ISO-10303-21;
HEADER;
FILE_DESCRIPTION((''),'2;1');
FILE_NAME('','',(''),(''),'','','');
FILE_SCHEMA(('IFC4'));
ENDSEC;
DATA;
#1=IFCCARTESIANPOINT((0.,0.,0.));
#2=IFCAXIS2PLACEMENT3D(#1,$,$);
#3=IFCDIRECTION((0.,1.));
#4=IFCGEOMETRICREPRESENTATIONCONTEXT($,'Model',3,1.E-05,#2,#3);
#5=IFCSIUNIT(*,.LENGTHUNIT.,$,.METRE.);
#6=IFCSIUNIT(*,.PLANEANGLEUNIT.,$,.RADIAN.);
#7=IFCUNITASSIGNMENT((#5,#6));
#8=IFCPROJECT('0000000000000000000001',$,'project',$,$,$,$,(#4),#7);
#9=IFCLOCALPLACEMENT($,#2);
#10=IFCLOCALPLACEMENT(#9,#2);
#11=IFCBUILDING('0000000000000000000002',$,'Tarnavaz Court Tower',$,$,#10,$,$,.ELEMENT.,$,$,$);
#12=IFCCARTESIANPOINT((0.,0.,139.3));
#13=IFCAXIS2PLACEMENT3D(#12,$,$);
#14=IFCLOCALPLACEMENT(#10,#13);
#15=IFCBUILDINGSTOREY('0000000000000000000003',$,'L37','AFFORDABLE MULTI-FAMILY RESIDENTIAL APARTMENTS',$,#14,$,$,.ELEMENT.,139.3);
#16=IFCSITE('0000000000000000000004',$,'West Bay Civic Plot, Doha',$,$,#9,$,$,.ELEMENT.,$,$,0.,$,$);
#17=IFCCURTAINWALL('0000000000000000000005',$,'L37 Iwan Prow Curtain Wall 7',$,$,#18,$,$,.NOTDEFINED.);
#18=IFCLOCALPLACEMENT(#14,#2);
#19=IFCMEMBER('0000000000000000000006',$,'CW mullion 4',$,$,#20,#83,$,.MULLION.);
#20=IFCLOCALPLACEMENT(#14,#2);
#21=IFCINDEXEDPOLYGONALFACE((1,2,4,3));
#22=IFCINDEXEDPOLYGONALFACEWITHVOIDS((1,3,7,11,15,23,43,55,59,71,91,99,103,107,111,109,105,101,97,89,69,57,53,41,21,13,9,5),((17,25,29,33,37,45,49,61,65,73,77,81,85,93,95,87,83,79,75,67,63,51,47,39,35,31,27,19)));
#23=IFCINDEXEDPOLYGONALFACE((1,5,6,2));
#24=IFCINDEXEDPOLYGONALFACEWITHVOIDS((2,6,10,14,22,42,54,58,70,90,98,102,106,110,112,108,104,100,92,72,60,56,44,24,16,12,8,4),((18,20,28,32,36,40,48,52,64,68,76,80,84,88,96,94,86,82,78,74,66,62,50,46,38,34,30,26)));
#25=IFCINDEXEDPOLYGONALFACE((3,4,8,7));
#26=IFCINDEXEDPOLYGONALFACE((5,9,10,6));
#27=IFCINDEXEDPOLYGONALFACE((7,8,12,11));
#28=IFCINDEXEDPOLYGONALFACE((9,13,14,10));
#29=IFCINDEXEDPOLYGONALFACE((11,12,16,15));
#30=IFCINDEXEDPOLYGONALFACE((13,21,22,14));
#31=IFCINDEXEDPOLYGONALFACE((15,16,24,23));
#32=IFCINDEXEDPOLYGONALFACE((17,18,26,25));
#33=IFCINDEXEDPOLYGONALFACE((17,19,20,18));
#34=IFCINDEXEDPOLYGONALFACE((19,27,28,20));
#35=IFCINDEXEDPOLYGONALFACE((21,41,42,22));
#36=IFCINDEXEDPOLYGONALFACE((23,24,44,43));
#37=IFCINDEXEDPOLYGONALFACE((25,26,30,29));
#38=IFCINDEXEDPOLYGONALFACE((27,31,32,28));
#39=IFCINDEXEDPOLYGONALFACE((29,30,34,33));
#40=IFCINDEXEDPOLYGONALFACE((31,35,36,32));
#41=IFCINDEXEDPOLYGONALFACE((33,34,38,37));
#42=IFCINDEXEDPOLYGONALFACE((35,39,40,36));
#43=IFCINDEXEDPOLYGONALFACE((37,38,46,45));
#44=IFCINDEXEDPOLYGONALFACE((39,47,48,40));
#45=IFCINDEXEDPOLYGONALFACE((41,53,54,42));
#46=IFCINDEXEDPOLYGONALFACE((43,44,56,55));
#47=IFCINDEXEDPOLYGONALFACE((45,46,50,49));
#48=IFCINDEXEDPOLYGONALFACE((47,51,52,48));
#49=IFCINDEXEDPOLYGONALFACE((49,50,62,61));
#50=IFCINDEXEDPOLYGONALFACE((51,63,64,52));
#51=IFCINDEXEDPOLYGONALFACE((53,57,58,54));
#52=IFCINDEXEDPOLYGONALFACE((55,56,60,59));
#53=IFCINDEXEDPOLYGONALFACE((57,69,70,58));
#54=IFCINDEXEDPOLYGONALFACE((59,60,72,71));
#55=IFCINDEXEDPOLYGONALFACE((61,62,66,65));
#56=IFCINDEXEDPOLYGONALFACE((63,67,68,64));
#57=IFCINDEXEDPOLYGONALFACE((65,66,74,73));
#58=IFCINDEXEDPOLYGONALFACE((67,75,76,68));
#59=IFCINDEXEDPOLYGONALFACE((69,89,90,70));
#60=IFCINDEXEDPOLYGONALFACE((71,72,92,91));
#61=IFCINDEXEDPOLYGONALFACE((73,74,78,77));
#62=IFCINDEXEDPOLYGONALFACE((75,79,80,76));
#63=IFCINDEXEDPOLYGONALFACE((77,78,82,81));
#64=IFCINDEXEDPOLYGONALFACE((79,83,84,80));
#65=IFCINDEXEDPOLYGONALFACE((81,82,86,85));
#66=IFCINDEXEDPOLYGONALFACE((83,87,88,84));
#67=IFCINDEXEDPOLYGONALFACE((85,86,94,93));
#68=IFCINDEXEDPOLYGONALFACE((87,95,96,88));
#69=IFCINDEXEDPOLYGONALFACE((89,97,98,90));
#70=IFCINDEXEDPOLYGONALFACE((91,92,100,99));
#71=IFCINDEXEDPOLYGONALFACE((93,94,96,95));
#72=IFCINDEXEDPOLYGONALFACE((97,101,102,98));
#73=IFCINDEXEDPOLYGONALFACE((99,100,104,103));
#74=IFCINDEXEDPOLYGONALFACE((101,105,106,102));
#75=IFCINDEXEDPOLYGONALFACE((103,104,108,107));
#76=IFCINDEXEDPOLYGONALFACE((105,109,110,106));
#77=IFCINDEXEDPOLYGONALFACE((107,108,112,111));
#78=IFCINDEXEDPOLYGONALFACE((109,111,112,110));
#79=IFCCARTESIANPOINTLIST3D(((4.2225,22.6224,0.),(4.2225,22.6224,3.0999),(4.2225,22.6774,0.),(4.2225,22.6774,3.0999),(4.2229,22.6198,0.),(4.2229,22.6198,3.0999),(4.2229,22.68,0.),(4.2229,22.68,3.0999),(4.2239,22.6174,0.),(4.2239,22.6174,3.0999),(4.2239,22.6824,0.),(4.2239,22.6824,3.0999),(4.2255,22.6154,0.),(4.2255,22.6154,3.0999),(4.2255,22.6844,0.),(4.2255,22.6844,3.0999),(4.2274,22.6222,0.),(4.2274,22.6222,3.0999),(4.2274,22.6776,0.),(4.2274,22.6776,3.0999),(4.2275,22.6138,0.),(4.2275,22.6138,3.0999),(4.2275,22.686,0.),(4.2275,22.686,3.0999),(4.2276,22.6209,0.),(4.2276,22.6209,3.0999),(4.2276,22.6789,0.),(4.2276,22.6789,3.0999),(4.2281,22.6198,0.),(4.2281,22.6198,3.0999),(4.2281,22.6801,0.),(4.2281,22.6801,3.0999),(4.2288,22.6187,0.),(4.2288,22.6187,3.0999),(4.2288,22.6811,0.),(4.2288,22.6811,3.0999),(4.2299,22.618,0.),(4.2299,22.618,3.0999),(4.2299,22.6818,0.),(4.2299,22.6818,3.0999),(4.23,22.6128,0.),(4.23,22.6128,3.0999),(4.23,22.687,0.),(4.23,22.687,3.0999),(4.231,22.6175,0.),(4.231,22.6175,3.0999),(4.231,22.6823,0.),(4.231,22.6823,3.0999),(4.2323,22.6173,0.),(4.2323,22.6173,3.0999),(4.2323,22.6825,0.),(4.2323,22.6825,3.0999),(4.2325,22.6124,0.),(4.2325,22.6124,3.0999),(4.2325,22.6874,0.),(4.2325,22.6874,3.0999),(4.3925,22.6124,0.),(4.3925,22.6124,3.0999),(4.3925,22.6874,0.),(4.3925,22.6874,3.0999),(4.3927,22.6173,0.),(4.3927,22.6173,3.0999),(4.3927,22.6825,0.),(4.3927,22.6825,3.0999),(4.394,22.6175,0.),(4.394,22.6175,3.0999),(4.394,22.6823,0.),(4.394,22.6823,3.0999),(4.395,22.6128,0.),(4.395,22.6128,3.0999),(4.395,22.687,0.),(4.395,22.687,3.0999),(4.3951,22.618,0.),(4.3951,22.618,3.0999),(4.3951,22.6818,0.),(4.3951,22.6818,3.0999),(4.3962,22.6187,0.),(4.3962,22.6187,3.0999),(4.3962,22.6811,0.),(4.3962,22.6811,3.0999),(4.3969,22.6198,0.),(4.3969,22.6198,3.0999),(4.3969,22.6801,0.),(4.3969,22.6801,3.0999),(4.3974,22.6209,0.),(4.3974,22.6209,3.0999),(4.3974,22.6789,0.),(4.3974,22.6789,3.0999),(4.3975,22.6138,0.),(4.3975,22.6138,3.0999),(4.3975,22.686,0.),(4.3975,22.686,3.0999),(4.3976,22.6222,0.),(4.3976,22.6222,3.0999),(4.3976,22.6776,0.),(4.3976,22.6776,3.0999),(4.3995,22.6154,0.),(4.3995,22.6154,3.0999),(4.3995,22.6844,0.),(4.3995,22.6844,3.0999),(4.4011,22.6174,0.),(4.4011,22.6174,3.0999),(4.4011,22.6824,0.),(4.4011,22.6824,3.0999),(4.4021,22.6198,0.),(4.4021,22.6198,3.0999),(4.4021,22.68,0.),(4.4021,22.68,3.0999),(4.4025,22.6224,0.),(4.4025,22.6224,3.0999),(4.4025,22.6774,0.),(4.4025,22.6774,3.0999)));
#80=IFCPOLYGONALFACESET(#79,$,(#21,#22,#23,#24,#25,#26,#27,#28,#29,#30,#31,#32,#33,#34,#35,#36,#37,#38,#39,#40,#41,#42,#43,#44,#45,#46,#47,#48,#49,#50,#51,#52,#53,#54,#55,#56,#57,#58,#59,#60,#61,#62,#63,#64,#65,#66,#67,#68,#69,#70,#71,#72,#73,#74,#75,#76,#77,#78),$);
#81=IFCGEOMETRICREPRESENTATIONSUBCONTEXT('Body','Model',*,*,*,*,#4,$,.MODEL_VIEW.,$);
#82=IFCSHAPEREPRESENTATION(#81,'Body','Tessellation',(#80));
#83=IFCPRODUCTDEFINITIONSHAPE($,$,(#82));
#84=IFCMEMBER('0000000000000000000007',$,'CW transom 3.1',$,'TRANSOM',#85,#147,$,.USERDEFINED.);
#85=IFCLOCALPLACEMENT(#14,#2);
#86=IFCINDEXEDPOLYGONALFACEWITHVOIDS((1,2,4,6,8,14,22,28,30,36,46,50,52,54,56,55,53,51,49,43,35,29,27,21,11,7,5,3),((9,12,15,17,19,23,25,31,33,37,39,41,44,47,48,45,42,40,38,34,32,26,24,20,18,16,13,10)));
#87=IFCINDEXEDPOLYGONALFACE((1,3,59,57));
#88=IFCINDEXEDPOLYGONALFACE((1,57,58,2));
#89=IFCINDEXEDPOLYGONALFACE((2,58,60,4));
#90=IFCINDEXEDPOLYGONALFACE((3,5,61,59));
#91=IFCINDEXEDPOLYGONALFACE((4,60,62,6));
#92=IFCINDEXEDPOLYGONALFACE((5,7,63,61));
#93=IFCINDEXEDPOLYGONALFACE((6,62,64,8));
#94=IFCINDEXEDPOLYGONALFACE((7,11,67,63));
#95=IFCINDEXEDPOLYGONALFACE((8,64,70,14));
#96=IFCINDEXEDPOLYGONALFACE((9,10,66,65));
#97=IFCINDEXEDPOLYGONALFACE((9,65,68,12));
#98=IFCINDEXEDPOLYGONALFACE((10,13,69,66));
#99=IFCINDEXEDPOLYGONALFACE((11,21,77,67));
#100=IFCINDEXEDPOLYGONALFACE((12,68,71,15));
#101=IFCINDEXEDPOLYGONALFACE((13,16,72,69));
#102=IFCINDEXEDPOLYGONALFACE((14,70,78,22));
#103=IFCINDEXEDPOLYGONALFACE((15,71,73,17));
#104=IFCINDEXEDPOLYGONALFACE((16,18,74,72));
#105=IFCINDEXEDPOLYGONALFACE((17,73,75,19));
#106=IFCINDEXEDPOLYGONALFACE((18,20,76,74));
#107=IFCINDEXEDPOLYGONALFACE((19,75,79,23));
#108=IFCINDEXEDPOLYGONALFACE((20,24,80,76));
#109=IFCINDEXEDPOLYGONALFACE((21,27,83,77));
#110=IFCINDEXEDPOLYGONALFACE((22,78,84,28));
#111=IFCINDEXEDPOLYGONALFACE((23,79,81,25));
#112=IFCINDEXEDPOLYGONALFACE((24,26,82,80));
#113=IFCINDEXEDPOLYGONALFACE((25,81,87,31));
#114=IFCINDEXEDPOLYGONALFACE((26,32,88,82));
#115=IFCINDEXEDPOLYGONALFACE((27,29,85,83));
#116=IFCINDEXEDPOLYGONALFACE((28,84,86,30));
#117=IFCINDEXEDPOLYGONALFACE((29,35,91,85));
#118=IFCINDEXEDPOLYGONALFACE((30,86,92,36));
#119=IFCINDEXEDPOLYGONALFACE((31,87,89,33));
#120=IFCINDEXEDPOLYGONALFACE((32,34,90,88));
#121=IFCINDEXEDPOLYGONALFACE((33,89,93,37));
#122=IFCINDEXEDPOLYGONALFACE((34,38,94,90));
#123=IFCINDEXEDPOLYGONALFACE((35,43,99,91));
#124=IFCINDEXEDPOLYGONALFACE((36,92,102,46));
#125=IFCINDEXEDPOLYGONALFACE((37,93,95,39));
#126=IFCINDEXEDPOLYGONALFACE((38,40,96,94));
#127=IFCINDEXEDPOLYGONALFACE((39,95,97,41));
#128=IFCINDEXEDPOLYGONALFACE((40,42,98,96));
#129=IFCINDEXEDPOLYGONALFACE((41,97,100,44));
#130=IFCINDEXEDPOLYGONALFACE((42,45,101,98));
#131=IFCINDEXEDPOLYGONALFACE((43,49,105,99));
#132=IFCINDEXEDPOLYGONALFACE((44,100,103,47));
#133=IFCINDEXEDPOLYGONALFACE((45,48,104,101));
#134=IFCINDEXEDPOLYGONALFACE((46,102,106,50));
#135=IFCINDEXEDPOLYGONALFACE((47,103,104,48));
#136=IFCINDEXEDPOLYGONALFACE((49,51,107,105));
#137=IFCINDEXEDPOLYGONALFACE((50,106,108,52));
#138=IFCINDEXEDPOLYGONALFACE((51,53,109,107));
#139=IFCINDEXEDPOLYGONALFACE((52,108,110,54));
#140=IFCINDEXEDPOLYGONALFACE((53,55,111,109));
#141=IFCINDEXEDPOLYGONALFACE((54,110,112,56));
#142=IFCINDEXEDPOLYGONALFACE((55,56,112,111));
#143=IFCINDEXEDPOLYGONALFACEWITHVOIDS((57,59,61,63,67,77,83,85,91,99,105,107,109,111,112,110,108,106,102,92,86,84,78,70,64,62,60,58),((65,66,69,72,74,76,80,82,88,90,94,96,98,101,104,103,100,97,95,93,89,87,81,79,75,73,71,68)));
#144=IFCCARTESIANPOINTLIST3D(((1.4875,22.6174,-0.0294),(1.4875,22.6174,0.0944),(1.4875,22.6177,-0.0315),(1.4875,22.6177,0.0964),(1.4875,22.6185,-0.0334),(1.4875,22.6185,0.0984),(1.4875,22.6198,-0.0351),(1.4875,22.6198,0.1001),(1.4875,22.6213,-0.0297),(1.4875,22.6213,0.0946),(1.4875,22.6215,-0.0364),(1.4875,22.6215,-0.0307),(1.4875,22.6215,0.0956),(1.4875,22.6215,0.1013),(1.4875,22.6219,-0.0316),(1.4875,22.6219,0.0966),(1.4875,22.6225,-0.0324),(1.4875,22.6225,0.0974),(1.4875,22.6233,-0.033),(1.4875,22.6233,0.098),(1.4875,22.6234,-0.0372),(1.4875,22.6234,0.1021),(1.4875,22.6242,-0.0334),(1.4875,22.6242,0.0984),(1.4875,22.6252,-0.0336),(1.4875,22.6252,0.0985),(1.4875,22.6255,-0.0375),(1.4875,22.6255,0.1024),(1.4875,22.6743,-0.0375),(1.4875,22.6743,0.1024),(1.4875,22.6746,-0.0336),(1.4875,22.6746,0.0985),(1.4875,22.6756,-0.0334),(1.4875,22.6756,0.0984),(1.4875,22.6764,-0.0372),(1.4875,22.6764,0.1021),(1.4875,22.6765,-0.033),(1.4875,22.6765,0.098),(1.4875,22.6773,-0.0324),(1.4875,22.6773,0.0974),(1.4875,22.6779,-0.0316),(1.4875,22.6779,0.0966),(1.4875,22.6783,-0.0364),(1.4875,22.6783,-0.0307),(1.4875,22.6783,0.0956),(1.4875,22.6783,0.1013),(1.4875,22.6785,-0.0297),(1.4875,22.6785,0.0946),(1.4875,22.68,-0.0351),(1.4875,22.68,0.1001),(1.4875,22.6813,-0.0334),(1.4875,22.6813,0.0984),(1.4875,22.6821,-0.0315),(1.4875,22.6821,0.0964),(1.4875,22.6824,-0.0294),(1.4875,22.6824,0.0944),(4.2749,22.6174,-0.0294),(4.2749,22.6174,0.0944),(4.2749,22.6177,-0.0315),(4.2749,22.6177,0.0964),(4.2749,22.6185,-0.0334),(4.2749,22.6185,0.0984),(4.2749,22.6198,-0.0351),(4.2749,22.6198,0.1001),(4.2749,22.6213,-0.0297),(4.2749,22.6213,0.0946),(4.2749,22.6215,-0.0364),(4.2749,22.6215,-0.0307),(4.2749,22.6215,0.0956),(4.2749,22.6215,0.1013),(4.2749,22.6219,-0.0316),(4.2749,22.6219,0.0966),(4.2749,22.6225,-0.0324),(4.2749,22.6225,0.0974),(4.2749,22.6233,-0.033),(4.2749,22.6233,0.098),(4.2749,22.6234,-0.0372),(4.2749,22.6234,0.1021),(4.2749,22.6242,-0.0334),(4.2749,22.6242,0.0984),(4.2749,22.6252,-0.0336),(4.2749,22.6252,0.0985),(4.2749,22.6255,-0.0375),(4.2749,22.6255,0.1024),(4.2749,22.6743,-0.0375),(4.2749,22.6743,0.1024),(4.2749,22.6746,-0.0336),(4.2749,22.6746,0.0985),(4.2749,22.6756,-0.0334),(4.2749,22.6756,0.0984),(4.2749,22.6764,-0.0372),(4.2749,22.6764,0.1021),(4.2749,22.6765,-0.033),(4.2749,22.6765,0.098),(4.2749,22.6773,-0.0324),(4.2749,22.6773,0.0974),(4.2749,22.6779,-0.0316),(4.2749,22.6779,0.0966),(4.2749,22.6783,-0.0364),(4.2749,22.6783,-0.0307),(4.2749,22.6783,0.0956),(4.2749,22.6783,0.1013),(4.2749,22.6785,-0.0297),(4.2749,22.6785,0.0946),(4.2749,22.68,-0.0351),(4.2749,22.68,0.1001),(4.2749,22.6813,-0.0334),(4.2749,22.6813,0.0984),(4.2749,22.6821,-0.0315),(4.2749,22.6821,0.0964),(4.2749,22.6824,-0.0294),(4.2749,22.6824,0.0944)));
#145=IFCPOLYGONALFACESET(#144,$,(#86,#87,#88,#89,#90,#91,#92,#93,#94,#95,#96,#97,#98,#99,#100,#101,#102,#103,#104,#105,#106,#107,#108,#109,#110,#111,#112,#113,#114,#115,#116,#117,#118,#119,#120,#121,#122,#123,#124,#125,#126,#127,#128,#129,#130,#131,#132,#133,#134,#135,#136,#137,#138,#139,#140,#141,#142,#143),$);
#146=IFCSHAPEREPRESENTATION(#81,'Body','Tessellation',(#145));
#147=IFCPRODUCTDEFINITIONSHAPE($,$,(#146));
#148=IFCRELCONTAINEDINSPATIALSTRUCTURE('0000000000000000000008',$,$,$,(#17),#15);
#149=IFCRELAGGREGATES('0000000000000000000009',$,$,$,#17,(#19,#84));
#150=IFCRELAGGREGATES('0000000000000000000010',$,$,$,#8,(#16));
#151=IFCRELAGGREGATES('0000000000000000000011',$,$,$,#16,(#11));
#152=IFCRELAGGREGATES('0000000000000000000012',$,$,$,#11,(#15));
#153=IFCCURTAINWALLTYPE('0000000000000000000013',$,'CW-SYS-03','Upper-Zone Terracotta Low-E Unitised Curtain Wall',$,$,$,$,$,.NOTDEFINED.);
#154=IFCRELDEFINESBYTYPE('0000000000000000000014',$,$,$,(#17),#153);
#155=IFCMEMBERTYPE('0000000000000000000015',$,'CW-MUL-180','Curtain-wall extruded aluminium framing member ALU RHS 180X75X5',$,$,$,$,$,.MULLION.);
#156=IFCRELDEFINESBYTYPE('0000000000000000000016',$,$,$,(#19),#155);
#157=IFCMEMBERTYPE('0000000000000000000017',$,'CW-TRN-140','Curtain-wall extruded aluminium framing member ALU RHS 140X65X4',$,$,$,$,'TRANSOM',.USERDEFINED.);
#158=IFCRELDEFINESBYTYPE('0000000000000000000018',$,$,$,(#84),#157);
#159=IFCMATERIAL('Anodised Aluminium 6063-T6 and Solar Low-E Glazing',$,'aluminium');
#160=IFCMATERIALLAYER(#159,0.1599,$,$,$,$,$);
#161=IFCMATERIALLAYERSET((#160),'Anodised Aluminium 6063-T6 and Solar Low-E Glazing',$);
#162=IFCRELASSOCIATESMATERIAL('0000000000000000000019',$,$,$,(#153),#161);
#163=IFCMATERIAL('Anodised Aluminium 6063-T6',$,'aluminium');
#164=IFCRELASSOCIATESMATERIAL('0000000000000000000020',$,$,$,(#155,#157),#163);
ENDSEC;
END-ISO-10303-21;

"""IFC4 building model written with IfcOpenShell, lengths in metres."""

from ifc_helpers import new_model, si_unit, direction, frame, origin, origin_2d, place, context, subcontext, project, spatial, hollow_rectangle, extrude, material, layer, layer_set, material_profile, profile_set, type_object, element, aggregate, save


model = new_model("IFC4")

# Units and contexts
model_context = context("Model", 3, precision=1e-05, world=origin(), true_north=direction((0.0, 1.0)))
body_context = subcontext(model_context, "Body", "Model", "MODEL_VIEW")
ifc_project = project(units=[si_unit("LENGTHUNIT", "METRE"), si_unit("PLANEANGLEUNIT", "RADIAN")], contexts=[model_context])

# Site, building, storey
site_placement = place(None, origin())
site = spatial("IfcSite", under=ifc_project, at=site_placement, Name="West Bay Civic Plot, Doha", CompositionType="ELEMENT", RefElevation=0.0)
building_placement = place(site_placement, origin())
building = spatial("IfcBuilding", under=site, at=building_placement, Name="Tarnavaz Court Tower", CompositionType="ELEMENT")
storey_placement = place(building_placement, frame((0.0, 0.0, 139.3)))
storey = spatial("IfcBuildingStorey", under=building, at=storey_placement, Name="L37", Description="AFFORDABLE MULTI-FAMILY RESIDENTIAL APARTMENTS", CompositionType="ELEMENT", Elevation=139.3)

# Curtain wall, members
ifc_material_1 = material(Name="Anodised Aluminium 6063-T6 and Solar Low-E Glazing", Category="aluminium")
ifc_layer_1 = layer(ifc_material_1, 0.1599)
ifc_layer_set_1 = layer_set([ifc_layer_1], Name="Anodised Aluminium 6063-T6 and Solar Low-E Glazing")
curtain_wall_type = type_object("IfcCurtainWallType", Name="CW-SYS-03", Description="Upper-Zone Terracotta Low-E Unitised Curtain Wall", PredefinedType="NOTDEFINED", material=ifc_layer_set_1)
curtain_wall_placement = place(storey_placement, origin())
curtain_wall = element("IfcCurtainWall", 1, at=curtain_wall_placement, inside=storey, type_object=curtain_wall_type, Name="L37 Iwan Prow Curtain Wall 7", PredefinedType="NOTDEFINED")
ifc_material_2 = material(Name="Anodised Aluminium 6063-T6", Category="aluminium")
ifc_material_profile_1 = material_profile(ifc_material_2, hollow_rectangle(XDim=0.075, YDim=0.1799, WallThickness=0.0049, InnerFilletRadius=0.0049, OuterFilletRadius=0.01, at=origin_2d()), Name="ALU RHS 180X75X5")
ifc_profile_set_1 = profile_set([ifc_material_profile_1], Name="Anodised Aluminium 6063-T6")
member_type_1 = type_object("IfcMemberType", Name="CW-MUL-180", Description="Curtain-wall extruded aluminium framing member ALU RHS 180X75X5", PredefinedType="MULLION", material=ifc_profile_set_1)
member_1_placement = place(storey_placement, frame((4.3125, 22.6499, 0.0), z_axis=(0.0, 0.0, 1.0), x_axis=(0.0, 1.0, 0.0)))
member_1 = element("IfcMember", 2, at=member_1_placement, type_object=member_type_1, Name="CW mullion 4", PredefinedType="MULLION", context=body_context, shape_type="SweptSolid", body=[
    extrude(hollow_rectangle(XDim=0.075, YDim=0.1799, WallThickness=0.0049, InnerFilletRadius=0.0049, OuterFilletRadius=0.01, at=origin_2d()), origin(), (0.0, 0.0, 1.0), 3.0999),
])
ifc_material_profile_2 = material_profile(ifc_material_2, hollow_rectangle(XDim=0.0649, YDim=0.1399, WallThickness=0.0039, InnerFilletRadius=0.0039, OuterFilletRadius=0.0081, at=origin_2d()), Name="ALU RHS 140X65X4")
ifc_profile_set_2 = profile_set([ifc_material_profile_2], Name="Anodised Aluminium 6063-T6")
member_type_2 = type_object("IfcMemberType", Name="CW-TRN-140", Description="Curtain-wall extruded aluminium framing member ALU RHS 140X65X4", ElementType="TRANSOM", PredefinedType="USERDEFINED", material=ifc_profile_set_2)
member_2_placement = place(storey_placement, frame((1.4875, 22.6499, 0.0325), z_axis=(1.0, 0.0, 0.0), x_axis=(0.0, 1.0, 0.0)))
member_2 = element("IfcMember", 3, at=member_2_placement, type_object=member_type_2, Name="CW transom 3.1", ObjectType="TRANSOM", PredefinedType="USERDEFINED", context=body_context, shape_type="SweptSolid", body=[
    extrude(hollow_rectangle(XDim=0.0649, YDim=0.1399, WallThickness=0.0039, InnerFilletRadius=0.0039, OuterFilletRadius=0.0081, at=origin_2d()), origin(), (0.0, 0.0, 1.0), 2.7874),
])
aggregate(curtain_wall, [member_1, member_2])

save(model, "model.ifc")
